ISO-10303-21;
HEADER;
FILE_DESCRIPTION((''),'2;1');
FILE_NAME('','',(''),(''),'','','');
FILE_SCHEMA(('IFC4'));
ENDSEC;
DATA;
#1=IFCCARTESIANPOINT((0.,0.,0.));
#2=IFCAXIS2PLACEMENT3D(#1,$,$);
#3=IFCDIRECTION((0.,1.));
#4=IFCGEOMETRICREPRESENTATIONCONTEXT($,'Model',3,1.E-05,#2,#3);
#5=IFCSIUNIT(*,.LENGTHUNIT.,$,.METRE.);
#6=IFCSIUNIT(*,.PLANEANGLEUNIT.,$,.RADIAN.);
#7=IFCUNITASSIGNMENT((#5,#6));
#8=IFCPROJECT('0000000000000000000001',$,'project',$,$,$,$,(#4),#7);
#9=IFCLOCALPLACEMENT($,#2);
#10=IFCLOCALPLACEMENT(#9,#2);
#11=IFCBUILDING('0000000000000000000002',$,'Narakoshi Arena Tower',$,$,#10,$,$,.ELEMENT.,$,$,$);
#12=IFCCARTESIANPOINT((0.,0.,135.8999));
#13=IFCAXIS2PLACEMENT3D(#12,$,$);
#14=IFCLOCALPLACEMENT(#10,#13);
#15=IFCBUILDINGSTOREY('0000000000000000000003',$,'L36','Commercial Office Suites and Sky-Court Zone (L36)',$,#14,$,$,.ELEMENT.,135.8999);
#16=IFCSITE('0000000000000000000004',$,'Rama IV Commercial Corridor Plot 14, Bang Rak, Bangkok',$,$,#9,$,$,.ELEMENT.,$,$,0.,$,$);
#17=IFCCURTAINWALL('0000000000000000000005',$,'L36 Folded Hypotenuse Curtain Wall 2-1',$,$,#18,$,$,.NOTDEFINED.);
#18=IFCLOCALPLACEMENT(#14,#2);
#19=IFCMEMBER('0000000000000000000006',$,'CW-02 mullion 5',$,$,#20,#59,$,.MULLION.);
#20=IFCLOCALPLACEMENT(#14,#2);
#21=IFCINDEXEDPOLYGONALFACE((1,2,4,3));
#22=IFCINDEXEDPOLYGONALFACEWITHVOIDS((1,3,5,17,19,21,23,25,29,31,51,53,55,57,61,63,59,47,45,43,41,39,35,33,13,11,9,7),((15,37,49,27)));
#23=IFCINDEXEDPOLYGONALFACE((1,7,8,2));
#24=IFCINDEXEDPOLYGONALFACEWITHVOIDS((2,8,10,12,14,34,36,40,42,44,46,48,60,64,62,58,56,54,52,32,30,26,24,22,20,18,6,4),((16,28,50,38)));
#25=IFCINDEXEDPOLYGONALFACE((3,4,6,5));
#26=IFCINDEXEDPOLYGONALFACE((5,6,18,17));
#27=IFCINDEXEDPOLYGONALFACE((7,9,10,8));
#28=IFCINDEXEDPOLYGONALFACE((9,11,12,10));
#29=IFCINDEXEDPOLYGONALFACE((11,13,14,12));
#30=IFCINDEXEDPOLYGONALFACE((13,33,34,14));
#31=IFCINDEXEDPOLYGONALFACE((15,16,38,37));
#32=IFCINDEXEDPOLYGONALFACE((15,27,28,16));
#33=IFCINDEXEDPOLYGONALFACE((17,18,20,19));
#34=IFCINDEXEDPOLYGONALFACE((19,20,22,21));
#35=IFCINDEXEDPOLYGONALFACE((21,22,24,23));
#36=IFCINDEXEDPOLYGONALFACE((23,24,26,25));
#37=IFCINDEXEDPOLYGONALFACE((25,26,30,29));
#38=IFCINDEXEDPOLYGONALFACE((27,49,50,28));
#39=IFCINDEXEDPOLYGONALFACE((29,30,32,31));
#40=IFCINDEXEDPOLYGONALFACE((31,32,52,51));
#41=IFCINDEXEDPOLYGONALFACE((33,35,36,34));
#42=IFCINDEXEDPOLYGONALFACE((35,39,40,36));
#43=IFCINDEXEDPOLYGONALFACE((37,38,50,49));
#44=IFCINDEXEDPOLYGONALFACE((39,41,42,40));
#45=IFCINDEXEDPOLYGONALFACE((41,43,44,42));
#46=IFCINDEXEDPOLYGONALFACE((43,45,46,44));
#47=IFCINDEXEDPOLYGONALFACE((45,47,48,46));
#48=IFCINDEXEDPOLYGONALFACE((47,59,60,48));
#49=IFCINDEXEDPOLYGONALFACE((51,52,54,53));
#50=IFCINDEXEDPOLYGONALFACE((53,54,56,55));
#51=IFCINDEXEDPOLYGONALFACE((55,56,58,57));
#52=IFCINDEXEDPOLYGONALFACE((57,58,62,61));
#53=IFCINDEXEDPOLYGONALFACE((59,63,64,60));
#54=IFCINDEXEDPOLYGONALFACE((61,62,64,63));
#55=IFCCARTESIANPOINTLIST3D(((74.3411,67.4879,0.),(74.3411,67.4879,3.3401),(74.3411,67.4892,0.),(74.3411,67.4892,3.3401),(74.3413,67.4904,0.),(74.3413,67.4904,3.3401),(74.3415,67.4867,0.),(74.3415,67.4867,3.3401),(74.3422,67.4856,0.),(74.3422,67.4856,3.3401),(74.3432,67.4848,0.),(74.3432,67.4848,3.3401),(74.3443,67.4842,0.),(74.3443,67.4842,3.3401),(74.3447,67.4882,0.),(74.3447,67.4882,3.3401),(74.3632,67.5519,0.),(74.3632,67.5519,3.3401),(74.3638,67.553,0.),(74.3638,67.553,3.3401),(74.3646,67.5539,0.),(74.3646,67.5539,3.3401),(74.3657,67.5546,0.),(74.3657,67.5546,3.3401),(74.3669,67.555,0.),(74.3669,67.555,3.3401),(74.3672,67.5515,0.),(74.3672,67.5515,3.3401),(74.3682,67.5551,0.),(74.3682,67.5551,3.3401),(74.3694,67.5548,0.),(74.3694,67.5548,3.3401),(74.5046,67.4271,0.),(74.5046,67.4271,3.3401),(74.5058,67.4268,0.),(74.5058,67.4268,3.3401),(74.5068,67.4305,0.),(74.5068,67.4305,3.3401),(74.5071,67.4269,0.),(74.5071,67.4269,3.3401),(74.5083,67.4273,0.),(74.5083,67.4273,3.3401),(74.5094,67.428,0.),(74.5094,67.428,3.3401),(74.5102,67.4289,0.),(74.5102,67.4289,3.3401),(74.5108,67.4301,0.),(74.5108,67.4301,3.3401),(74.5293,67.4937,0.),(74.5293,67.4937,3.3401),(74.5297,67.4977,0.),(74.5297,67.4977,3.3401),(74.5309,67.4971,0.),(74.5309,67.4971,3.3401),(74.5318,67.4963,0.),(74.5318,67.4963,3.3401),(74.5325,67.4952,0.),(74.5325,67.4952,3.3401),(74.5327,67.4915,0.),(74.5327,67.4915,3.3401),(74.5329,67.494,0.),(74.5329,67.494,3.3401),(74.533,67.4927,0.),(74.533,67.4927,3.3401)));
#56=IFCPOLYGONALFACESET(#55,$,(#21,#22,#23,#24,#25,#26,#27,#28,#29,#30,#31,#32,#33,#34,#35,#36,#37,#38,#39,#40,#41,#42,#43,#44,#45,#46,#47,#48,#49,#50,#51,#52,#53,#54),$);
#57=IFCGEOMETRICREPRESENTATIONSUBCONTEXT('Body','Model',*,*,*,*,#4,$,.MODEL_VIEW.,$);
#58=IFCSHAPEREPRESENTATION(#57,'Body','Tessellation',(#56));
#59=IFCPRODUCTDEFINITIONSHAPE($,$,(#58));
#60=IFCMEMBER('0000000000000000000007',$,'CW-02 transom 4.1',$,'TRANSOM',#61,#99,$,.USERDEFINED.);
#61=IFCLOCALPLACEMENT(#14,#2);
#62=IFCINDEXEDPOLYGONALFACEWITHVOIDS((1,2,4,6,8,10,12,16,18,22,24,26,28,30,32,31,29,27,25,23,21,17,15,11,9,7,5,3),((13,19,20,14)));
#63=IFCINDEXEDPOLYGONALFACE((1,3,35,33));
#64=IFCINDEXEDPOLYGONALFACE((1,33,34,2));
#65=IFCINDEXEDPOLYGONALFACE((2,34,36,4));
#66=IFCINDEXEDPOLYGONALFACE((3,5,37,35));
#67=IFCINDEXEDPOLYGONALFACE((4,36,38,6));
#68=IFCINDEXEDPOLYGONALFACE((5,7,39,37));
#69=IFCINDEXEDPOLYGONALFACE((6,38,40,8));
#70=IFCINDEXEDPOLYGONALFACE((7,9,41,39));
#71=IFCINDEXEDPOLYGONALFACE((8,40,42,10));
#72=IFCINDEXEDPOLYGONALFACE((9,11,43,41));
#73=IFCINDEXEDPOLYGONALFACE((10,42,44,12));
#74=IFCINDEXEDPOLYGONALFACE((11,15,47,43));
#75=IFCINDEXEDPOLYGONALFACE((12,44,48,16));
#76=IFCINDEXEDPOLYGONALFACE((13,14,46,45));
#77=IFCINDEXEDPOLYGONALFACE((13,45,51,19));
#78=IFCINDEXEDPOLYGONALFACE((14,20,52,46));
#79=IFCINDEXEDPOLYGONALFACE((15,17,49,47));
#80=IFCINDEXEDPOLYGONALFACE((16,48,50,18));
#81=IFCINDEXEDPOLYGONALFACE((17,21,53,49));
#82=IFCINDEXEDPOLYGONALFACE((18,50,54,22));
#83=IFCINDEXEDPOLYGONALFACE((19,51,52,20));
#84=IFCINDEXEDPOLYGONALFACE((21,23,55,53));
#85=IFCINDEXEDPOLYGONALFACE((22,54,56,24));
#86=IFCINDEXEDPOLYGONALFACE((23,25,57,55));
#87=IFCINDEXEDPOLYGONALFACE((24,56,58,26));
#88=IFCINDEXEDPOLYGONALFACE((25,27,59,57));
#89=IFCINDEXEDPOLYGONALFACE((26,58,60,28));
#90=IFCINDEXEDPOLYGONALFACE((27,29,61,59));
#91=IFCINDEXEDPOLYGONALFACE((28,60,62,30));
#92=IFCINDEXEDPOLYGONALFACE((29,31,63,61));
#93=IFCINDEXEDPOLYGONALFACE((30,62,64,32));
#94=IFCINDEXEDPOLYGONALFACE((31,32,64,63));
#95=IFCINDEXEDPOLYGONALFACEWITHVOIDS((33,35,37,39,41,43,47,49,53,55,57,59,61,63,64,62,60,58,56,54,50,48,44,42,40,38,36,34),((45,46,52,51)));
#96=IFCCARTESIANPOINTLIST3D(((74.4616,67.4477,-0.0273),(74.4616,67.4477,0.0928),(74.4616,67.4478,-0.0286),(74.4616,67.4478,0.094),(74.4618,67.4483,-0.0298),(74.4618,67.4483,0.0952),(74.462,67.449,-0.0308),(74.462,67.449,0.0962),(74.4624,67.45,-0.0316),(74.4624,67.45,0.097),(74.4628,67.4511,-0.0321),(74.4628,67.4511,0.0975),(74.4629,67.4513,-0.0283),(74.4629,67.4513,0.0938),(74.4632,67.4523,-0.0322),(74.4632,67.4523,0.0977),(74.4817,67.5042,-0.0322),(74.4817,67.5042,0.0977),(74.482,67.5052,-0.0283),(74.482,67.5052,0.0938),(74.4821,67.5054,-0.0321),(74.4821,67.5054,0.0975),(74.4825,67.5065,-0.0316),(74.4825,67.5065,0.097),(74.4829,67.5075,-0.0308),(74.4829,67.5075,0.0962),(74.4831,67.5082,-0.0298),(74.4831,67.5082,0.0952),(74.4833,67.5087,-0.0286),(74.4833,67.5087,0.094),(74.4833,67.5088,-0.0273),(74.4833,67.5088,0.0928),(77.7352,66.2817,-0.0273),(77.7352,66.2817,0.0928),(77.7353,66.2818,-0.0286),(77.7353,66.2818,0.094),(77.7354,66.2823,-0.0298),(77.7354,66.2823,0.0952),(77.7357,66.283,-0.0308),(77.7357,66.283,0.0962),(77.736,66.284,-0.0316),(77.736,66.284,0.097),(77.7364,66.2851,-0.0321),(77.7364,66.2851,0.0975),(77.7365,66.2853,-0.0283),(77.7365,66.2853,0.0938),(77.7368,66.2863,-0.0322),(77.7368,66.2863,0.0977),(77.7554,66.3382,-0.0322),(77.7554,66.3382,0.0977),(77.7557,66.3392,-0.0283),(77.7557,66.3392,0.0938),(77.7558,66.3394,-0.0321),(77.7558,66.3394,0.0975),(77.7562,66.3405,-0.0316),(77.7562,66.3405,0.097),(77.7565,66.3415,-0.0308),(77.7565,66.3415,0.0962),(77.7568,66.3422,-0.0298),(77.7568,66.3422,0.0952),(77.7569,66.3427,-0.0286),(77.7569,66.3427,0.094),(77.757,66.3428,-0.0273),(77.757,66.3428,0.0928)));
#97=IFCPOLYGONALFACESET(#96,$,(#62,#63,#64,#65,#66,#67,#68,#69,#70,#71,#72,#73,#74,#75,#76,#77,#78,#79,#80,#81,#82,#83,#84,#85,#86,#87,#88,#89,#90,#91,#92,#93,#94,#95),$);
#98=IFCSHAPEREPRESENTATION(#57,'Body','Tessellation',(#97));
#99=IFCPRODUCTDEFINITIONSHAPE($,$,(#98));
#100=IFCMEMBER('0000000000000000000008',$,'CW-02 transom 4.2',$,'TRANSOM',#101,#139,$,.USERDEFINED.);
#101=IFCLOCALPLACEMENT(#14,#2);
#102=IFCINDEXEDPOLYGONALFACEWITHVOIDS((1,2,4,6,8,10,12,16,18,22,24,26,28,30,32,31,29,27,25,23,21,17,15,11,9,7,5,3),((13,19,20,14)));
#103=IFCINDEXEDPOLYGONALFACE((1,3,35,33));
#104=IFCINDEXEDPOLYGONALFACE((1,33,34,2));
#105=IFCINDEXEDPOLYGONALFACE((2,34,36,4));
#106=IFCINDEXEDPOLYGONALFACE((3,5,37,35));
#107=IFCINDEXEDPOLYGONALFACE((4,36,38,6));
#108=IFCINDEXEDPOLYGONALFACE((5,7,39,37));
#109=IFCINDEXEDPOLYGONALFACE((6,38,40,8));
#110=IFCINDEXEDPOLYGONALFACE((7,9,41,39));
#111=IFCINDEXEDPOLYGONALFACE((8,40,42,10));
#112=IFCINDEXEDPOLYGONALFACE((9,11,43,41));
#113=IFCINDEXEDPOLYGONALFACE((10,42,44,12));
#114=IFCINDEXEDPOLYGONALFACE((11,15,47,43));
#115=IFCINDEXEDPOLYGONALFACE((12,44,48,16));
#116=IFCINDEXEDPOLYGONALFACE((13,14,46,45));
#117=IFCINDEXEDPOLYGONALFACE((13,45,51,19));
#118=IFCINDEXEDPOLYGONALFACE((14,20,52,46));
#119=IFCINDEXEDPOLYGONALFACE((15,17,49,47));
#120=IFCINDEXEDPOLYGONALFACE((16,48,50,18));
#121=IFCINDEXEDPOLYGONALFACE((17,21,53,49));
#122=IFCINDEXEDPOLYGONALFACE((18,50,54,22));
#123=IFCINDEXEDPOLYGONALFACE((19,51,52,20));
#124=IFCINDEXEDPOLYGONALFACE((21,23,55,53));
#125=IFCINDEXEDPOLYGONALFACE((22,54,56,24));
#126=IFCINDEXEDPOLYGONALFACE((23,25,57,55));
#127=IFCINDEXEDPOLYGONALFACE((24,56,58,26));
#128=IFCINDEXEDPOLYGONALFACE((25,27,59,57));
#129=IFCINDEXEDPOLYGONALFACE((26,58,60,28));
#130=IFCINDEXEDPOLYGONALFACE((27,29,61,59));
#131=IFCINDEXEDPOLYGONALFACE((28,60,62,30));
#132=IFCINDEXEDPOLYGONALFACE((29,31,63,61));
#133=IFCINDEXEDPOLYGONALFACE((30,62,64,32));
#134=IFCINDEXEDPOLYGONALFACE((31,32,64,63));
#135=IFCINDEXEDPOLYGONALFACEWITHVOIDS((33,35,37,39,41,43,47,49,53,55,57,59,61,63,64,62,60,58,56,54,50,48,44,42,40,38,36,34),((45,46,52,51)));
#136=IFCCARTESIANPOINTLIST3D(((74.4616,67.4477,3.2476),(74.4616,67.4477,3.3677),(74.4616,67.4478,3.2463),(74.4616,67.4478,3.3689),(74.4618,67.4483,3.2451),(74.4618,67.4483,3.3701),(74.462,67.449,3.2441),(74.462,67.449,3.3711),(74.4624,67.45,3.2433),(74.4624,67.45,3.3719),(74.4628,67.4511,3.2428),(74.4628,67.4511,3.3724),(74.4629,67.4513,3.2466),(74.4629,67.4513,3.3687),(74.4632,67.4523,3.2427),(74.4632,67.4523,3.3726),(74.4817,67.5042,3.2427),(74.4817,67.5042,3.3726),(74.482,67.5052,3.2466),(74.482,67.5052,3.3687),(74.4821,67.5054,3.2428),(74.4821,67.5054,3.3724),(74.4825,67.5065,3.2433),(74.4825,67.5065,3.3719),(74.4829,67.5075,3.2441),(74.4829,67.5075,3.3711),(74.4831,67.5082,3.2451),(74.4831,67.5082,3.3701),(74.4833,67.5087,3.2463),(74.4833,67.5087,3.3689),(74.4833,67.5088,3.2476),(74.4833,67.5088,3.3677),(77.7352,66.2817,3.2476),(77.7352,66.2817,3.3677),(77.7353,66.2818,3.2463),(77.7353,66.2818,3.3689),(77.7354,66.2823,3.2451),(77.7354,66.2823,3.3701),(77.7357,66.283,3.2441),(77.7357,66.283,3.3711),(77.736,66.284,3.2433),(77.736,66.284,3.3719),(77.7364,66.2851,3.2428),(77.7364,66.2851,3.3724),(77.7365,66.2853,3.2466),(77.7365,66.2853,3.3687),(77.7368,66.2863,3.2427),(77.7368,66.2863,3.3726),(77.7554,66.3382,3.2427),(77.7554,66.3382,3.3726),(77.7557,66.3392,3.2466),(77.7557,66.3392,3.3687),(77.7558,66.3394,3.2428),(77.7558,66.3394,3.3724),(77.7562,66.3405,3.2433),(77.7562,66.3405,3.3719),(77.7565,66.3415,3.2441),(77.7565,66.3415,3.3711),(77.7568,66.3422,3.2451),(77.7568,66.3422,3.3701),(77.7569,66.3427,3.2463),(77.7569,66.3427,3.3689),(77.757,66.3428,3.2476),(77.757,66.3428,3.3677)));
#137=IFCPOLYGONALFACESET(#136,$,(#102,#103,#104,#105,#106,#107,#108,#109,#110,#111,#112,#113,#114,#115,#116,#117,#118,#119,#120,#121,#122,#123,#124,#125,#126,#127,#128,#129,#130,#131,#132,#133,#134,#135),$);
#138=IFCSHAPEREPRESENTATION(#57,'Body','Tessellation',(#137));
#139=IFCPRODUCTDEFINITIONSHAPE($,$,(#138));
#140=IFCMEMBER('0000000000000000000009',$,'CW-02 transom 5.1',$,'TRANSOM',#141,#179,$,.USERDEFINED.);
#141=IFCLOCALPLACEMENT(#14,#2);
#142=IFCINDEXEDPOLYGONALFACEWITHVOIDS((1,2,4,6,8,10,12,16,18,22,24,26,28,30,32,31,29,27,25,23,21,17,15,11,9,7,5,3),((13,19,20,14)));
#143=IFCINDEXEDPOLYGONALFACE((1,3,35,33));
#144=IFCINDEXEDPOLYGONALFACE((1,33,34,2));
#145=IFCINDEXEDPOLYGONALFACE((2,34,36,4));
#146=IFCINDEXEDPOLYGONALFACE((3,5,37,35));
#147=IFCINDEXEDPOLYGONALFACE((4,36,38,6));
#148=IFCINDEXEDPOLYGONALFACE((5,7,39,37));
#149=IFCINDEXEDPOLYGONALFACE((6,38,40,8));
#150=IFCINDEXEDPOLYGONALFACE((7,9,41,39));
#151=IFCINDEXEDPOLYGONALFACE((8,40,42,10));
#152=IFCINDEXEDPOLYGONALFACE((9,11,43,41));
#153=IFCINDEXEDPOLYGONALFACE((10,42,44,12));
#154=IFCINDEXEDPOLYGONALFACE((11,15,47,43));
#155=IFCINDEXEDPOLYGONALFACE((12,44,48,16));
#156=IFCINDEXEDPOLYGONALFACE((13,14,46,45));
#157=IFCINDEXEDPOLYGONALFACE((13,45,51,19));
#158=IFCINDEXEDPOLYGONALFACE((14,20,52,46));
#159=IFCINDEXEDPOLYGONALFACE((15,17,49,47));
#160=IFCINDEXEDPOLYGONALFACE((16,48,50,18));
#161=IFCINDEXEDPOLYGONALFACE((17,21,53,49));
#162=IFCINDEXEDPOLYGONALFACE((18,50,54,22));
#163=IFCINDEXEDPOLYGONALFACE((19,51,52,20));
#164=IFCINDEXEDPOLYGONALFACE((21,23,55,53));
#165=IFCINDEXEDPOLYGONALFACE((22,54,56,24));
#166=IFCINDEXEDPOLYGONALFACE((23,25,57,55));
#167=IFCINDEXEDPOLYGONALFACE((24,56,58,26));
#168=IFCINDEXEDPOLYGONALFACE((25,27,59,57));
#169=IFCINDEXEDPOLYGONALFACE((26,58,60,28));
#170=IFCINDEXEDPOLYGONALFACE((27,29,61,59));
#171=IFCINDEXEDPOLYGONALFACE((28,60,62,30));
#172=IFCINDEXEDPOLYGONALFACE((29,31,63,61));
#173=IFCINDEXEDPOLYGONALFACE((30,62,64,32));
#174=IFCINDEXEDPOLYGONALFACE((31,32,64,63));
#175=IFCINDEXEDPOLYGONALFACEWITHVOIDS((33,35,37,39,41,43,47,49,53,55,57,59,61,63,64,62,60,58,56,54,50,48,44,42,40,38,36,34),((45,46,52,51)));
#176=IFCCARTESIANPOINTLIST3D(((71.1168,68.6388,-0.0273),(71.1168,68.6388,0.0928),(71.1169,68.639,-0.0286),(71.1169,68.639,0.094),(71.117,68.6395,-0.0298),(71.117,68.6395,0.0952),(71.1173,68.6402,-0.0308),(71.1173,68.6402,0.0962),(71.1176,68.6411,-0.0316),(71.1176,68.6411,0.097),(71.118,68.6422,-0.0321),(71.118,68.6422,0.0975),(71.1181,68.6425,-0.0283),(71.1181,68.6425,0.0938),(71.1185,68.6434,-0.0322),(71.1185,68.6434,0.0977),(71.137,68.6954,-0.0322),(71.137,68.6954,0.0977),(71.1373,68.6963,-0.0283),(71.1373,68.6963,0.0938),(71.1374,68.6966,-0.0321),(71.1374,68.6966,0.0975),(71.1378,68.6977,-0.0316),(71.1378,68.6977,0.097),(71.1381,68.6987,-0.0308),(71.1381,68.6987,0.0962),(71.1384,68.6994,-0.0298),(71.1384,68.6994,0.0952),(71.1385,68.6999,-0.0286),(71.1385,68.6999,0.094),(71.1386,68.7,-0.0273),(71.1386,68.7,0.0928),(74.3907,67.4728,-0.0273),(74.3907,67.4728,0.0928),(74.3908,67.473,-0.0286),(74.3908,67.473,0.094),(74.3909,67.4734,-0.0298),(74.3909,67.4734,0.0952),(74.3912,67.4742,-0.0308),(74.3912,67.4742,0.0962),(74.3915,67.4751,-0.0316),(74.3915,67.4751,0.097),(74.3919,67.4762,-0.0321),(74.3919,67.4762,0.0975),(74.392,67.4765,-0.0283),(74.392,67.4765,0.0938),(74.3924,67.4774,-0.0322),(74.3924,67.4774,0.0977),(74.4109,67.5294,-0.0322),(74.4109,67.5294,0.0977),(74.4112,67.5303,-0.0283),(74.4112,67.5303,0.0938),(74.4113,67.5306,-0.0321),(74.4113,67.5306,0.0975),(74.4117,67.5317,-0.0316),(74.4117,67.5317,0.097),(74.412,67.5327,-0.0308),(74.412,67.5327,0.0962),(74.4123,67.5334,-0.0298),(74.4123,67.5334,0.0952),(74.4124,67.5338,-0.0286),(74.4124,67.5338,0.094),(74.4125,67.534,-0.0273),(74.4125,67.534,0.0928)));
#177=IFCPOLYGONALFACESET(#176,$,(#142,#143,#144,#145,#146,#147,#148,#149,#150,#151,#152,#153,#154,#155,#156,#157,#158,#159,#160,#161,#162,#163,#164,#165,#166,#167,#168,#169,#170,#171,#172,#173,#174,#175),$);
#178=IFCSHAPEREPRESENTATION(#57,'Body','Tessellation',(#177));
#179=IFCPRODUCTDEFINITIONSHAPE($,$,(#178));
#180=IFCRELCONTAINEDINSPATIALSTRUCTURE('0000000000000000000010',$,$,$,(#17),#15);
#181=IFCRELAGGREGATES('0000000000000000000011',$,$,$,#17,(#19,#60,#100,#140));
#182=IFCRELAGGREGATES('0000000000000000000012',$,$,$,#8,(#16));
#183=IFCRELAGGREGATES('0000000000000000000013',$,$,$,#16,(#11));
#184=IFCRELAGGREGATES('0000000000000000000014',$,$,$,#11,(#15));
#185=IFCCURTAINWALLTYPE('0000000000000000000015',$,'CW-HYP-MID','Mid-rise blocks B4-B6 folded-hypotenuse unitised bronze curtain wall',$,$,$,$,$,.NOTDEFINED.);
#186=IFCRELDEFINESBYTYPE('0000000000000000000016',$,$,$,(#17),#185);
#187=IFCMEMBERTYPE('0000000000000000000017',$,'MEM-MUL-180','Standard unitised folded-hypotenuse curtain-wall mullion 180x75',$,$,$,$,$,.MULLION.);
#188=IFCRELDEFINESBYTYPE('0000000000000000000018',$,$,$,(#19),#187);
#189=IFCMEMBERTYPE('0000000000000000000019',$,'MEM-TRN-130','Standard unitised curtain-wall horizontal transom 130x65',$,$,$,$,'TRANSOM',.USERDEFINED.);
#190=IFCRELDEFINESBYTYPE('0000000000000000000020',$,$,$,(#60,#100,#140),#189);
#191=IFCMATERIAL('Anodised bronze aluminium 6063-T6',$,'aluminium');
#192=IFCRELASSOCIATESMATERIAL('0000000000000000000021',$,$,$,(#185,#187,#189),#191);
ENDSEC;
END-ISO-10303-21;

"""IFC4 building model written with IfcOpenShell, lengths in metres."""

from ifc_helpers import new_model, si_unit, direction, frame, origin, origin_2d, place, context, subcontext, project, spatial, hollow_rectangle, extrude, material, material_profile, profile_set, type_object, element, aggregate, save


model = new_model("IFC4")

# Units and contexts
model_context = context("Model", 3, precision=1e-05, world=origin(), true_north=direction((0.0, 1.0)))
body_context = subcontext(model_context, "Body", "Model", "MODEL_VIEW")
ifc_project = project(units=[si_unit("LENGTHUNIT", "METRE"), si_unit("PLANEANGLEUNIT", "RADIAN")], contexts=[model_context])

# Site, building, storey
site_placement = place(None, origin())
site = spatial("IfcSite", under=ifc_project, at=site_placement, Name="Rama IV Commercial Corridor Plot 14, Bang Rak, Bangkok", CompositionType="ELEMENT", RefElevation=0.0)
building_placement = place(site_placement, origin())
building = spatial("IfcBuilding", under=site, at=building_placement, Name="Narakoshi Arena Tower", CompositionType="ELEMENT")
storey_placement = place(building_placement, frame((0.0, 0.0, 135.8999)))
storey = spatial("IfcBuildingStorey", under=building, at=storey_placement, Name="L36", Description="Commercial Office Suites and Sky-Court Zone (L36)", CompositionType="ELEMENT", Elevation=135.8999)

# Curtain wall, members
ifc_material_1 = material(Name="Anodised bronze aluminium 6063-T6", Category="aluminium")
curtain_wall_type = type_object("IfcCurtainWallType", Name="CW-HYP-MID", Description="Mid-rise blocks B4-B6 folded-hypotenuse unitised bronze curtain wall", PredefinedType="NOTDEFINED", material=ifc_material_1)
curtain_wall_placement = place(storey_placement, origin())
curtain_wall = element("IfcCurtainWall", 1, at=curtain_wall_placement, inside=storey, type_object=curtain_wall_type, Name="L36 Folded Hypotenuse Curtain Wall 2-1", PredefinedType="NOTDEFINED")
ifc_material_profile_1 = material_profile(ifc_material_1, hollow_rectangle(XDim=0.075, YDim=0.1799, WallThickness=0.0039, OuterFilletRadius=0.0049, at=origin_2d()), Name="MUL180x75x4")
ifc_profile_set_1 = profile_set([ifc_material_profile_1], Name="Anodised bronze aluminium 6063-T6")
member_type_1 = type_object("IfcMemberType", Name="MEM-MUL-180", Description="Standard unitised folded-hypotenuse curtain-wall mullion 180x75", PredefinedType="MULLION", material=ifc_profile_set_1)
member_1_placement = place(storey_placement, frame((74.437, 67.491, 0.0), z_axis=(0.0, 0.0, 1.0), x_axis=(-0.335518, -0.942034, 0.0)))
member_1 = element("IfcMember", 2, at=member_1_placement, type_object=member_type_1, Name="CW-02 mullion 5", PredefinedType="MULLION", context=body_context, shape_type="SweptSolid", body=[
    extrude(hollow_rectangle(XDim=0.075, YDim=0.1799, WallThickness=0.0039, OuterFilletRadius=0.0049, at=origin_2d()), origin(), (0.0, 0.0, 1.0), 3.3401),
])
ifc_material_profile_2 = material_profile(ifc_material_1, hollow_rectangle(XDim=0.0649, YDim=0.1299, WallThickness=0.0039, OuterFilletRadius=0.0049, at=origin_2d()), Name="TRN130x65x4")
ifc_profile_set_2 = profile_set([ifc_material_profile_2], Name="Anodised bronze aluminium 6063-T6")
member_type_2 = type_object("IfcMemberType", Name="MEM-TRN-130", Description="Standard unitised curtain-wall horizontal transom 130x65", ElementType="TRANSOM", PredefinedType="USERDEFINED", material=ifc_profile_set_2)
member_2_placement = place(storey_placement, frame((77.7461, 66.3123, 0.0327), z_axis=(-0.942029, 0.335531, 0.0), x_axis=(-0.335531, -0.942029, 0.0)))
member_2 = element("IfcMember", 3, at=member_2_placement, type_object=member_type_2, Name="CW-02 transom 4.1", ObjectType="TRANSOM", PredefinedType="USERDEFINED", context=body_context, shape_type="SweptSolid", body=[
    extrude(hollow_rectangle(XDim=0.0649, YDim=0.1299, WallThickness=0.0039, OuterFilletRadius=0.0049, at=origin_2d()), origin(), (0.0, 0.0, 1.0), 3.4751),
])
member_3_placement = place(storey_placement, frame((77.7461, 66.3123, 3.3076), z_axis=(-0.942029, 0.335531, 0.0), x_axis=(-0.335531, -0.942029, 0.0)))
member_3 = element("IfcMember", 4, at=member_3_placement, type_object=member_type_2, Name="CW-02 transom 4.2", ObjectType="TRANSOM", PredefinedType="USERDEFINED", context=body_context, shape_type="SweptSolid", body=[
    extrude(hollow_rectangle(XDim=0.0649, YDim=0.1299, WallThickness=0.0039, OuterFilletRadius=0.0049, at=origin_2d()), origin(), (0.0, 0.0, 1.0), 3.4751),
])
member_4_placement = place(storey_placement, frame((74.4016, 67.5034, 0.0327), z_axis=(-0.942037, 0.335509, 0.0), x_axis=(-0.335509, -0.942037, 0.0)))
member_4 = element("IfcMember", 5, at=member_4_placement, type_object=member_type_2, Name="CW-02 transom 5.1", ObjectType="TRANSOM", PredefinedType="USERDEFINED", context=body_context, shape_type="SweptSolid", body=[
    extrude(hollow_rectangle(XDim=0.0649, YDim=0.1299, WallThickness=0.0039, OuterFilletRadius=0.0049, at=origin_2d()), origin(), (0.0, 0.0, 1.0), 3.4753),
])
aggregate(curtain_wall, [member_1, member_2, member_3, member_4])

save(model, "model.ifc")
